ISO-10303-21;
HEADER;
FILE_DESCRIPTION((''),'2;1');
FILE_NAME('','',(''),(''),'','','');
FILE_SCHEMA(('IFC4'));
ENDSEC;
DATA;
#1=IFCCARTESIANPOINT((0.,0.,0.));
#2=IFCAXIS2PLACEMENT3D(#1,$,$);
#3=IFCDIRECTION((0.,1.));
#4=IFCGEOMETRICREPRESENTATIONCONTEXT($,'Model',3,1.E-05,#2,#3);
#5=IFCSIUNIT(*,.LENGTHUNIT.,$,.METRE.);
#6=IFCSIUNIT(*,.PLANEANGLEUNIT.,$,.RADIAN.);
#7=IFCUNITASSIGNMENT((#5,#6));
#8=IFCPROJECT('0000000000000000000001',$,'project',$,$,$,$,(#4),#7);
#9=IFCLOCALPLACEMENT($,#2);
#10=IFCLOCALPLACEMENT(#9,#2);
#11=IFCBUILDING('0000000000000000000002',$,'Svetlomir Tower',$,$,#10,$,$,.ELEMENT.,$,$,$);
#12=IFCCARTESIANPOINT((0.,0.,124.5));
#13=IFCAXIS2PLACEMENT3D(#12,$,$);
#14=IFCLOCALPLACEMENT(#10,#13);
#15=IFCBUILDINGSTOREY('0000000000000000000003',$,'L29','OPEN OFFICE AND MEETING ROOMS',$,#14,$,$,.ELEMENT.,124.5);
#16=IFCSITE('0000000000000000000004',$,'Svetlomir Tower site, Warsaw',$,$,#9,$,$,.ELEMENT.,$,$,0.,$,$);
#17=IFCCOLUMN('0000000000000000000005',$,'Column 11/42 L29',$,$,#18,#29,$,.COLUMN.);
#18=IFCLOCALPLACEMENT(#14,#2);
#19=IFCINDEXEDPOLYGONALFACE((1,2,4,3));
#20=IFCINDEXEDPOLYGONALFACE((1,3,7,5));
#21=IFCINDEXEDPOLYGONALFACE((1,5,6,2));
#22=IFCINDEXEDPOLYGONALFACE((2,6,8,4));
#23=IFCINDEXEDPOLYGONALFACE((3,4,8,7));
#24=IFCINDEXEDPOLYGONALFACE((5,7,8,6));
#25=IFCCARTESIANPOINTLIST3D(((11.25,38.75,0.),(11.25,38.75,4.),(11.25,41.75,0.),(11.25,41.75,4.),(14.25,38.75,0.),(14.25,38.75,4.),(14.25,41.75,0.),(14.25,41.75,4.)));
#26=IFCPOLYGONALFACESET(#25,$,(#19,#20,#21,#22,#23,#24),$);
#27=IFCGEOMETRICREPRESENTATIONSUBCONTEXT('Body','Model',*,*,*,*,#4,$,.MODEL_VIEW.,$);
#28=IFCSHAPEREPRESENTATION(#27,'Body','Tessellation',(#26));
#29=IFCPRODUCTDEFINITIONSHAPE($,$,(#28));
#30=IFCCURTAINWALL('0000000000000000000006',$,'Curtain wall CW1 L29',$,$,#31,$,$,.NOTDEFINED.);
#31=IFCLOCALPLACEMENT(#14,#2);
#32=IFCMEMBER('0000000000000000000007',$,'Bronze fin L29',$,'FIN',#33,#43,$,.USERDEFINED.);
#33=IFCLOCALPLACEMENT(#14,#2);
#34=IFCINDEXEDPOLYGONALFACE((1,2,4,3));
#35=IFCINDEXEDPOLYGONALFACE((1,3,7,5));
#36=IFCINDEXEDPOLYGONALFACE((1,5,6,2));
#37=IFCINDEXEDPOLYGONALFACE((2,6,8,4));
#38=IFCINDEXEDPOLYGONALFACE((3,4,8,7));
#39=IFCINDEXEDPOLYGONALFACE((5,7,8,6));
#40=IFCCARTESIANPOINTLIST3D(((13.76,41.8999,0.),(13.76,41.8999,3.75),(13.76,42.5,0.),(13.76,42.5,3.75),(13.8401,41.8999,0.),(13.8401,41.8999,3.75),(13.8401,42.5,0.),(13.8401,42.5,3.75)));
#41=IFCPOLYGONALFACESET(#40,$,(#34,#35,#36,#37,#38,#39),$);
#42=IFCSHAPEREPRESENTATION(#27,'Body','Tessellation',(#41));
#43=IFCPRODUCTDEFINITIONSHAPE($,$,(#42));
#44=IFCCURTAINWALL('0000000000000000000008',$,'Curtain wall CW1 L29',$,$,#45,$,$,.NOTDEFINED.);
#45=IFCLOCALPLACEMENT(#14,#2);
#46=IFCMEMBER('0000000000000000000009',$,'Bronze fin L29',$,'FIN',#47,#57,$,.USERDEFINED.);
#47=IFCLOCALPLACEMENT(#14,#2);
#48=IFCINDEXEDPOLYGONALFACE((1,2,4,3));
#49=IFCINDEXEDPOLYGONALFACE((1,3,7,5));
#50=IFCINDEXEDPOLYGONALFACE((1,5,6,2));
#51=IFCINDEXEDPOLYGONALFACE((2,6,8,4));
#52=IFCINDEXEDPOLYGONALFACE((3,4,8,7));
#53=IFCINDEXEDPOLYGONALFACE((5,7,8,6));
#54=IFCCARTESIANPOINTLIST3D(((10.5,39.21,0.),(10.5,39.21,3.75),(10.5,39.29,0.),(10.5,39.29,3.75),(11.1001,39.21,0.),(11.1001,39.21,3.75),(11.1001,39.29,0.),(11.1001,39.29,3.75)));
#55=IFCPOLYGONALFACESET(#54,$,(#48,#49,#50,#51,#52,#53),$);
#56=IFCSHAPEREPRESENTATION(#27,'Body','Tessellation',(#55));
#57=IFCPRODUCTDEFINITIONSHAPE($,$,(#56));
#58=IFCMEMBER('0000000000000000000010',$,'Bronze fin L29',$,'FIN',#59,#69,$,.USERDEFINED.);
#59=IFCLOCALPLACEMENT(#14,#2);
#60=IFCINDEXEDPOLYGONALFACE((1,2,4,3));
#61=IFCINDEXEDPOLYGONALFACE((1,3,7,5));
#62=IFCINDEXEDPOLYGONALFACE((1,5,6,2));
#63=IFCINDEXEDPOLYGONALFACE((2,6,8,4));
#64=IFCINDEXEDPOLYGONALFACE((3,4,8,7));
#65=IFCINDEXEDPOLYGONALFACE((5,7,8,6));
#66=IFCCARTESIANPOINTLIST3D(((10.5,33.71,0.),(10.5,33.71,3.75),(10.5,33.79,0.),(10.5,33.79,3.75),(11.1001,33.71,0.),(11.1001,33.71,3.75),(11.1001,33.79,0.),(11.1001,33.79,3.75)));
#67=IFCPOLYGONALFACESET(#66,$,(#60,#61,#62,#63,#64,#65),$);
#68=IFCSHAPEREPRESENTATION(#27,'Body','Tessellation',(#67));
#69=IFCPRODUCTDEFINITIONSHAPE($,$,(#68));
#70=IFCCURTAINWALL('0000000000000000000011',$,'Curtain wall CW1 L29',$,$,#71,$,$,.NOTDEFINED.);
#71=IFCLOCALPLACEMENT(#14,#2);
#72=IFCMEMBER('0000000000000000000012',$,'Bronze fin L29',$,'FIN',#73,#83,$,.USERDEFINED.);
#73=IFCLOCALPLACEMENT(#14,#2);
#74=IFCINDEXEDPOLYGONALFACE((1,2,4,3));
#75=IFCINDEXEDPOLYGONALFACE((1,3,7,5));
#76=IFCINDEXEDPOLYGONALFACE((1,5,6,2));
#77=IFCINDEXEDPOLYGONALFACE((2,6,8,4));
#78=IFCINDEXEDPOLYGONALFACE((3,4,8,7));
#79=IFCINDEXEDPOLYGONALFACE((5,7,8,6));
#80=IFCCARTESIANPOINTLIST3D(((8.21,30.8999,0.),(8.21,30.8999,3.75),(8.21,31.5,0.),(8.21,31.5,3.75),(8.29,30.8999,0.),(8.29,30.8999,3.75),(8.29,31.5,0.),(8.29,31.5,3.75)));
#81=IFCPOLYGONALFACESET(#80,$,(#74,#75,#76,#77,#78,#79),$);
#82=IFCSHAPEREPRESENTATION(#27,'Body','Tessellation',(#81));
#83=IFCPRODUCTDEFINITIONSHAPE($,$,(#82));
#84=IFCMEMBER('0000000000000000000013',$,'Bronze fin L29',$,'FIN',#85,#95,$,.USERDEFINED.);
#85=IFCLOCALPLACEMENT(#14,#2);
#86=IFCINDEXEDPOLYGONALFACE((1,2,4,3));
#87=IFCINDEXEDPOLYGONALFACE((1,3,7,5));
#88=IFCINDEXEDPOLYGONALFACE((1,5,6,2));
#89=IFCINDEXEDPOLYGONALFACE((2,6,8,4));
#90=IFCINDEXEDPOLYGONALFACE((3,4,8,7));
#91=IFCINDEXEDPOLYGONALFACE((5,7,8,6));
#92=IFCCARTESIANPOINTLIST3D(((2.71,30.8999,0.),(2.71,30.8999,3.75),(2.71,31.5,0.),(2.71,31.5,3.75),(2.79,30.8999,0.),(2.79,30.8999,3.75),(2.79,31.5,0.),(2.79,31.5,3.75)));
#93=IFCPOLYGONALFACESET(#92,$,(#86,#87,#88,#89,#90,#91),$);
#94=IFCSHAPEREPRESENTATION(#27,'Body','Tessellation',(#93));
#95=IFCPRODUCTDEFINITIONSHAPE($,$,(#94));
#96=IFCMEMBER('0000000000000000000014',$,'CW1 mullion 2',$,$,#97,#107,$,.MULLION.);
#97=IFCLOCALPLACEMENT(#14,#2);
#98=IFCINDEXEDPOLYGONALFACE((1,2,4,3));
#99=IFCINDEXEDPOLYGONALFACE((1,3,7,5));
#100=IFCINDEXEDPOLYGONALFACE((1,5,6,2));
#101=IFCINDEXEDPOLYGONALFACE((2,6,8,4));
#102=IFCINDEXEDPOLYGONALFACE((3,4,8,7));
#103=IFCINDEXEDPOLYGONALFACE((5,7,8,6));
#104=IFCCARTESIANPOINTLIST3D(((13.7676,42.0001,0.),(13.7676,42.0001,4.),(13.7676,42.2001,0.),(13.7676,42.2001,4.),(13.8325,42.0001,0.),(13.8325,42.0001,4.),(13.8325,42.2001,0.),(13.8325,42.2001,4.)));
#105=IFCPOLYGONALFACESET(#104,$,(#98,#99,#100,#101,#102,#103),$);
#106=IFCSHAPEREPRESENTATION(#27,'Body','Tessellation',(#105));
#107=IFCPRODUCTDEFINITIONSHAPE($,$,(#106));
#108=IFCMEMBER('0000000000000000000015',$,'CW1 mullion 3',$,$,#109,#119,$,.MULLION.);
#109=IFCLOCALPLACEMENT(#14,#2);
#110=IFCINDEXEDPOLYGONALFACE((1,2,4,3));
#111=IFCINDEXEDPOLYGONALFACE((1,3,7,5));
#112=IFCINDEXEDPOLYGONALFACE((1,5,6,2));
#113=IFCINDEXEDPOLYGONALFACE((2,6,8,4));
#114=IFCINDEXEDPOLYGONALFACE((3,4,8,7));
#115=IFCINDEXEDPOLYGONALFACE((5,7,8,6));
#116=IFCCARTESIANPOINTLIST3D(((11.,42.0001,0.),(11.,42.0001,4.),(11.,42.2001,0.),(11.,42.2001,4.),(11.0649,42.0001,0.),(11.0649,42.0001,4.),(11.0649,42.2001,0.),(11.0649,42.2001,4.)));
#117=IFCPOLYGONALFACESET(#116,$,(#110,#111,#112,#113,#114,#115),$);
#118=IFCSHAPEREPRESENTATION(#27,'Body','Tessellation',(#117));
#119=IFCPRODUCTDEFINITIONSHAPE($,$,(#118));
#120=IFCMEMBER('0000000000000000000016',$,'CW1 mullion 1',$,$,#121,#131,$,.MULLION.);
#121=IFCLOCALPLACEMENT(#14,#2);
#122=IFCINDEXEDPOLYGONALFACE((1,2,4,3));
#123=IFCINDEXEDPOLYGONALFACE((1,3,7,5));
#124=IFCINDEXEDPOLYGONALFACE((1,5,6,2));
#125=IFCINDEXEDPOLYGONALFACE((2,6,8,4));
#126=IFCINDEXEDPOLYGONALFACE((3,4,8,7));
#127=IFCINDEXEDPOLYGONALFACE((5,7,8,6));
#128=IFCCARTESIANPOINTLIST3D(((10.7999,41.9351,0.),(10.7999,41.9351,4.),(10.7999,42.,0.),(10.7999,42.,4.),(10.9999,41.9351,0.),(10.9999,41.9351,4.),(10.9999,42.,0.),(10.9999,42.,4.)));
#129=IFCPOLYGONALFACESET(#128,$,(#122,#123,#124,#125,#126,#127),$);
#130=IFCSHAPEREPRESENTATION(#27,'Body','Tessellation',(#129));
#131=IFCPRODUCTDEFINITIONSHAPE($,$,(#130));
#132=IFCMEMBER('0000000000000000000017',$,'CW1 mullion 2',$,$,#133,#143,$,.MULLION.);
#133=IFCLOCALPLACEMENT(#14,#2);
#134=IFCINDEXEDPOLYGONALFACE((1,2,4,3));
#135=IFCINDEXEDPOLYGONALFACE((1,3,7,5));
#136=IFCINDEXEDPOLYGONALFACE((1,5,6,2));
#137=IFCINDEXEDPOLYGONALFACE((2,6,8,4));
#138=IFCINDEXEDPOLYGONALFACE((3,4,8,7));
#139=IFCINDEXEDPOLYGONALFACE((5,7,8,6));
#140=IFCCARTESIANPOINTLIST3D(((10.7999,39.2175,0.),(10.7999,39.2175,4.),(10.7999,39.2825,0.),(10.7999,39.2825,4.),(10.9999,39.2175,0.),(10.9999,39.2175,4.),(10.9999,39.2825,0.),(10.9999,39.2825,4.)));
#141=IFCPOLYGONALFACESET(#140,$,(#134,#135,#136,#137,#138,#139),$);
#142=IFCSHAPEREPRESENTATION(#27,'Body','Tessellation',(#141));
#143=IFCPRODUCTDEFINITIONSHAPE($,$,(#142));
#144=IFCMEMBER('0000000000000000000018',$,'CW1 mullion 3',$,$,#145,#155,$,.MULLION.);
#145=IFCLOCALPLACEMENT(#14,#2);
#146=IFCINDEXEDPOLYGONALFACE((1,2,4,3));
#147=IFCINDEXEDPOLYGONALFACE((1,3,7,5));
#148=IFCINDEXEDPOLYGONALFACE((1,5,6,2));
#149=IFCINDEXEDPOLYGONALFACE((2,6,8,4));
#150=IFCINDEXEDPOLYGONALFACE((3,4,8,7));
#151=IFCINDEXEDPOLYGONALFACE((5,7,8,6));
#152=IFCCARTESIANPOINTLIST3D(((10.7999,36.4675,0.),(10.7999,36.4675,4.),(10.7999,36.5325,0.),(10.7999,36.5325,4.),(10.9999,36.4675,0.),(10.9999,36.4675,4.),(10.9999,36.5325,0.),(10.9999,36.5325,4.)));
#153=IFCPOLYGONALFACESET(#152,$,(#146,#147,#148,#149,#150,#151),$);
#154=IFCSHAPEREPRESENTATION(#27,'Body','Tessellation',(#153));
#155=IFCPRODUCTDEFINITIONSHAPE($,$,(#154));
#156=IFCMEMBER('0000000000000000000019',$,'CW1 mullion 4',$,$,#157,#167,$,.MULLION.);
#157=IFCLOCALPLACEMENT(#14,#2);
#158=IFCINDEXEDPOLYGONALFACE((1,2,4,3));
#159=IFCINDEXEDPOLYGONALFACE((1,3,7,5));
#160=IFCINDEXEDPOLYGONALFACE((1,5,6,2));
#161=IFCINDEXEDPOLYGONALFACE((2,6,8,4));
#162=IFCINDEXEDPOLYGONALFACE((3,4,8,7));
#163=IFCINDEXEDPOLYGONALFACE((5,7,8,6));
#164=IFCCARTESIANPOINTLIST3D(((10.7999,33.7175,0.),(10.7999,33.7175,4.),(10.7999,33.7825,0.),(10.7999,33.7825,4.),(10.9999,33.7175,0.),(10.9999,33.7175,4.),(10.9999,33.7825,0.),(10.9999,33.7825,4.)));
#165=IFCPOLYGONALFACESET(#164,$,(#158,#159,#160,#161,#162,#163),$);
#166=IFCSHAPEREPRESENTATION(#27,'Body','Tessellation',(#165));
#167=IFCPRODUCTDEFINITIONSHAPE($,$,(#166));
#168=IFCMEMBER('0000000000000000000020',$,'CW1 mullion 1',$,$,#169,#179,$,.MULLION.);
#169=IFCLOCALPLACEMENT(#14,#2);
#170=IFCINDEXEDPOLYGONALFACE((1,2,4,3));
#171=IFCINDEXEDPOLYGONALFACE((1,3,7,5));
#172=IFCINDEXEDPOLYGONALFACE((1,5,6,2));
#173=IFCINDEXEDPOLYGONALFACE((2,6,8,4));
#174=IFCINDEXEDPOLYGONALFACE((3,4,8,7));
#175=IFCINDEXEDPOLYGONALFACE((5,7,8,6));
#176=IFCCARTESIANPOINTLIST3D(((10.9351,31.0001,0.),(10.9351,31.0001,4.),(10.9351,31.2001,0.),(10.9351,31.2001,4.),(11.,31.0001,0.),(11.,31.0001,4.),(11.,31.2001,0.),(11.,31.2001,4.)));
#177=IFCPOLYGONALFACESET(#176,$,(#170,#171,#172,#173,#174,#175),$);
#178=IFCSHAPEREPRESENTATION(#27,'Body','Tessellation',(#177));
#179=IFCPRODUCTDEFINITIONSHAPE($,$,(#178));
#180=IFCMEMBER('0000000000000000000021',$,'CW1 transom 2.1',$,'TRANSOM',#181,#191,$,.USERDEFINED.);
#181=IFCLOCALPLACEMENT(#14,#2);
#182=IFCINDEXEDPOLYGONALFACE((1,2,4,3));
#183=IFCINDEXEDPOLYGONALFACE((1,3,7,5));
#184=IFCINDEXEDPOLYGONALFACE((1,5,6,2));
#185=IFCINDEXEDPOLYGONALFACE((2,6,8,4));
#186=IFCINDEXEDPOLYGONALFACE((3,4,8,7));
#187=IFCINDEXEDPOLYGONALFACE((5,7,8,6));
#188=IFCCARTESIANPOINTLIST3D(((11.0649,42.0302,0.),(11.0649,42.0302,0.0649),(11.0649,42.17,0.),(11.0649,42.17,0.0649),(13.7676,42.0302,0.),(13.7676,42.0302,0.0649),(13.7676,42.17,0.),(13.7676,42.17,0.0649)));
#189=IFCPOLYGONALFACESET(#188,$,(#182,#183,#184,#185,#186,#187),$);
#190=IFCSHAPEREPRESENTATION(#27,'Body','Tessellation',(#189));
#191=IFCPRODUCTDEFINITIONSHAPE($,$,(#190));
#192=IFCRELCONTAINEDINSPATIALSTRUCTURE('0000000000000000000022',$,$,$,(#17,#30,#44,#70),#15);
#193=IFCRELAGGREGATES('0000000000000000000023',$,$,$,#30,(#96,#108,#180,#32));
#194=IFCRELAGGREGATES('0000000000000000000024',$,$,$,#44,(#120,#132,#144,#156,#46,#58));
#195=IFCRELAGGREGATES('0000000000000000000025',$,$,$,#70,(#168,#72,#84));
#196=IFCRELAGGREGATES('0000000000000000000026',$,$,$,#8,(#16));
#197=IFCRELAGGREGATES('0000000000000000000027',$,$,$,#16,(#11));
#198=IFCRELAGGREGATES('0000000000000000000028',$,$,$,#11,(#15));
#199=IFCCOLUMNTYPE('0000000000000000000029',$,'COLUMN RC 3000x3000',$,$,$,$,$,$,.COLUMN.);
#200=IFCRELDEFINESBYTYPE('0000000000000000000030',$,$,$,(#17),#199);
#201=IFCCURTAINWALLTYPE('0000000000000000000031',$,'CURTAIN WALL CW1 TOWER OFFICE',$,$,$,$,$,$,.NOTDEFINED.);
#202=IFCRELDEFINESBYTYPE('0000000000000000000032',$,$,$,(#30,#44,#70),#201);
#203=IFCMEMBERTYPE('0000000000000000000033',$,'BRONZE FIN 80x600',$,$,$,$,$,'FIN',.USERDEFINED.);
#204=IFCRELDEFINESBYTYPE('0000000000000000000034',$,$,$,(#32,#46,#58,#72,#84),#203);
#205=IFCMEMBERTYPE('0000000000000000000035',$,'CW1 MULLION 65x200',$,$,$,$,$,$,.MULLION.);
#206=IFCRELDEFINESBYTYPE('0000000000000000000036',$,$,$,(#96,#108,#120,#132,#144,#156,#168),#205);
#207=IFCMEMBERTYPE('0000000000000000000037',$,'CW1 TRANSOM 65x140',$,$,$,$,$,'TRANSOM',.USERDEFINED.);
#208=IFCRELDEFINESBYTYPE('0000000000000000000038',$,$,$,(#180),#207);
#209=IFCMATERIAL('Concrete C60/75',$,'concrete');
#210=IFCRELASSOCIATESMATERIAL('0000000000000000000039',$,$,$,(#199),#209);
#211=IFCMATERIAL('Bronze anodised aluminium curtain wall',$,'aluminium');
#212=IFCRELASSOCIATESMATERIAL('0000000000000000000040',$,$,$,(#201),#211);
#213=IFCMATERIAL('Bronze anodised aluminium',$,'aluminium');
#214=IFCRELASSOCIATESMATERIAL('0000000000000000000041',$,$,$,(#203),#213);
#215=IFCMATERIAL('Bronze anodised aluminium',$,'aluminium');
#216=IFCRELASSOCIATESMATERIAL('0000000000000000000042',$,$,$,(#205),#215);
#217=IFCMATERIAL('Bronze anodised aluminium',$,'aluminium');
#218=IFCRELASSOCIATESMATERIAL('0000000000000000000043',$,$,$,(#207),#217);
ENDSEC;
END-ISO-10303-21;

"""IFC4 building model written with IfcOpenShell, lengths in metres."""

from ifc_helpers import new_model, si_unit, direction, frame, origin, origin_2d, place, context, subcontext, project, spatial, rectangle, extrude, material, material_profile, profile_set, type_object, element, aggregate, save


model = new_model("IFC4")

# Units and contexts
model_context = context("Model", 3, precision=1e-05, world=origin(), true_north=direction((0.0, 1.0)))
body_context = subcontext(model_context, "Body", "Model", "MODEL_VIEW")
ifc_project = project(units=[si_unit("LENGTHUNIT", "METRE"), si_unit("PLANEANGLEUNIT", "RADIAN")], contexts=[model_context])

# Site, building, storey
site_placement = place(None, origin())
site = spatial("IfcSite", under=ifc_project, at=site_placement, Name="Svetlomir Tower site, Warsaw", CompositionType="ELEMENT", RefElevation=0.0)
building_placement = place(site_placement, origin())
building = spatial("IfcBuilding", under=site, at=building_placement, Name="Svetlomir Tower", CompositionType="ELEMENT")
storey_placement = place(building_placement, frame((0.0, 0.0, 124.5)))
storey = spatial("IfcBuildingStorey", under=building, at=storey_placement, Name="L29", Description="OPEN OFFICE AND MEETING ROOMS", CompositionType="ELEMENT", Elevation=124.5)

# Column
ifc_material_1 = material(Name="Concrete C60/75", Category="concrete")
ifc_material_profile_1 = material_profile(ifc_material_1, rectangle(XDim=3.0, YDim=3.0, at=origin_2d()), Name="RC 3000x3000")
ifc_profile_set_1 = profile_set([ifc_material_profile_1], Name="Concrete C60/75")
column_type = type_object("IfcColumnType", Name="COLUMN RC 3000x3000", PredefinedType="COLUMN", material=ifc_profile_set_1)
column_placement = place(storey_placement, frame((12.75, 40.25, 0.0), z_axis=(0.0, 0.0, 1.0), x_axis=(1.0, 0.0, 0.0)))
element("IfcColumn", 1, at=column_placement, inside=storey, type_object=column_type, Name="Column 11/42 L29", PredefinedType="COLUMN", context=body_context, shape_type="SweptSolid", body=[
    extrude(rectangle(XDim=3.0, YDim=3.0, at=origin_2d()), origin(), (0.0, 0.0, 1.0), 4.0),
])

# Curtain wall, member
ifc_material_2 = material(Name="Bronze anodised aluminium curtain wall", Category="aluminium")
curtain_wall_type = type_object("IfcCurtainWallType", Name="CURTAIN WALL CW1 TOWER OFFICE", PredefinedType="NOTDEFINED", material=ifc_material_2)
curtain_wall_1_placement = place(storey_placement, origin())
curtain_wall_1 = element("IfcCurtainWall", 2, at=curtain_wall_1_placement, inside=storey, type_object=curtain_wall_type, Name="Curtain wall CW1 L29", PredefinedType="NOTDEFINED")
ifc_material_3 = material(Name="Bronze anodised aluminium", Category="aluminium")
ifc_material_profile_2 = material_profile(ifc_material_3, rectangle(XDim=0.0801, YDim=0.6001, at=origin_2d()), Name="FIN 80x600")
ifc_profile_set_2 = profile_set([ifc_material_profile_2], Name="Bronze anodised aluminium 6063-T6")
member_type_1 = type_object("IfcMemberType", Name="BRONZE FIN 80x600", ElementType="FIN", PredefinedType="USERDEFINED", material=ifc_profile_set_2)
member_1_placement = place(storey_placement, frame((13.8, 42.2, 0.0), z_axis=(0.0, 0.0, 1.0), x_axis=(1.0, 0.0, 0.0)))
member_1 = element("IfcMember", 3, at=member_1_placement, type_object=member_type_1, Name="Bronze fin L29", ObjectType="FIN", PredefinedType="USERDEFINED", context=body_context, shape_type="SweptSolid", body=[
    extrude(rectangle(XDim=0.0801, YDim=0.6001, at=origin_2d()), origin(), (0.0, 0.0, 1.0), 3.75),
])

# Curtain walls, members
curtain_wall_2_placement = place(storey_placement, origin())
curtain_wall_2 = element("IfcCurtainWall", 4, at=curtain_wall_2_placement, inside=storey, type_object=curtain_wall_type, Name="Curtain wall CW1 L29", PredefinedType="NOTDEFINED")
member_2_placement = place(storey_placement, frame((10.8, 39.25, 0.0), z_axis=(0.0, 0.0, 1.0), x_axis=(0.0, 1.0, 0.0)))
member_2 = element("IfcMember", 5, at=member_2_placement, type_object=member_type_1, Name="Bronze fin L29", ObjectType="FIN", PredefinedType="USERDEFINED", context=body_context, shape_type="SweptSolid", body=[
    extrude(rectangle(XDim=0.0801, YDim=0.6001, at=origin_2d()), origin(), (0.0, 0.0, 1.0), 3.75),
])
member_3_placement = place(storey_placement, frame((10.8, 33.75, 0.0), z_axis=(0.0, 0.0, 1.0), x_axis=(0.0, 1.0, 0.0)))
member_3 = element("IfcMember", 6, at=member_3_placement, type_object=member_type_1, Name="Bronze fin L29", ObjectType="FIN", PredefinedType="USERDEFINED", context=body_context, shape_type="SweptSolid", body=[
    extrude(rectangle(XDim=0.0801, YDim=0.6001, at=origin_2d()), origin(), (0.0, 0.0, 1.0), 3.75),
])
curtain_wall_3_placement = place(storey_placement, origin())
curtain_wall_3 = element("IfcCurtainWall", 7, at=curtain_wall_3_placement, inside=storey, type_object=curtain_wall_type, Name="Curtain wall CW1 L29", PredefinedType="NOTDEFINED")
member_4_placement = place(storey_placement, frame((8.25, 31.2, 0.0), z_axis=(0.0, 0.0, 1.0), x_axis=(1.0, 0.0, 0.0)))
member_4 = element("IfcMember", 8, at=member_4_placement, type_object=member_type_1, Name="Bronze fin L29", ObjectType="FIN", PredefinedType="USERDEFINED", context=body_context, shape_type="SweptSolid", body=[
    extrude(rectangle(XDim=0.0801, YDim=0.6001, at=origin_2d()), origin(), (0.0, 0.0, 1.0), 3.75),
])
member_5_placement = place(storey_placement, frame((2.75, 31.2, 0.0), z_axis=(0.0, 0.0, 1.0), x_axis=(1.0, 0.0, 0.0)))
member_5 = element("IfcMember", 9, at=member_5_placement, type_object=member_type_1, Name="Bronze fin L29", ObjectType="FIN", PredefinedType="USERDEFINED", context=body_context, shape_type="SweptSolid", body=[
    extrude(rectangle(XDim=0.0801, YDim=0.6001, at=origin_2d()), origin(), (0.0, 0.0, 1.0), 3.75),
])

# Members
ifc_material_4 = material(Name="Bronze anodised aluminium", Category="aluminium")
ifc_material_profile_3 = material_profile(ifc_material_4, rectangle(XDim=0.0649, YDim=0.2, at=origin_2d()), Name="AL 65x200")
ifc_profile_set_3 = profile_set([ifc_material_profile_3], Name="Bronze anodised aluminium 6063-T6")
member_type_2 = type_object("IfcMemberType", Name="CW1 MULLION 65x200", PredefinedType="MULLION", material=ifc_profile_set_3)
member_6_placement = place(storey_placement, frame((13.8, 42.1001, 0.0), z_axis=(0.0, 0.0, 1.0), x_axis=(-1.0, 0.0, 0.0)))
member_6 = element("IfcMember", 10, at=member_6_placement, type_object=member_type_2, Name="CW1 mullion 2", PredefinedType="MULLION", context=body_context, shape_type="SweptSolid", body=[
    extrude(rectangle(XDim=0.0649, YDim=0.2, at=origin_2d()), origin(), (0.0, 0.0, 1.0), 4.0),
])
member_7_placement = place(storey_placement, frame((11.0325, 42.1001, 0.0), z_axis=(0.0, 0.0, 1.0), x_axis=(-1.0, 0.0, 0.0)))
member_7 = element("IfcMember", 11, at=member_7_placement, type_object=member_type_2, Name="CW1 mullion 3", PredefinedType="MULLION", context=body_context, shape_type="SweptSolid", body=[
    extrude(rectangle(XDim=0.0649, YDim=0.2, at=origin_2d()), origin(), (0.0, 0.0, 1.0), 4.0),
])
member_8_placement = place(storey_placement, frame((10.8999, 41.9675, 0.0), z_axis=(0.0, 0.0, 1.0), x_axis=(0.0, -1.0, 0.0)))
member_8 = element("IfcMember", 12, at=member_8_placement, type_object=member_type_2, Name="CW1 mullion 1", PredefinedType="MULLION", context=body_context, shape_type="SweptSolid", body=[
    extrude(rectangle(XDim=0.0649, YDim=0.2, at=origin_2d()), origin(), (0.0, 0.0, 1.0), 4.0),
])
member_9_placement = place(storey_placement, frame((10.8999, 39.25, 0.0), z_axis=(0.0, 0.0, 1.0), x_axis=(0.0, -1.0, 0.0)))
member_9 = element("IfcMember", 13, at=member_9_placement, type_object=member_type_2, Name="CW1 mullion 2", PredefinedType="MULLION", context=body_context, shape_type="SweptSolid", body=[
    extrude(rectangle(XDim=0.0649, YDim=0.2, at=origin_2d()), origin(), (0.0, 0.0, 1.0), 4.0),
])
member_10_placement = place(storey_placement, frame((10.8999, 36.5, 0.0), z_axis=(0.0, 0.0, 1.0), x_axis=(0.0, -1.0, 0.0)))
member_10 = element("IfcMember", 14, at=member_10_placement, type_object=member_type_2, Name="CW1 mullion 3", PredefinedType="MULLION", context=body_context, shape_type="SweptSolid", body=[
    extrude(rectangle(XDim=0.0649, YDim=0.2, at=origin_2d()), origin(), (0.0, 0.0, 1.0), 4.0),
])
member_11_placement = place(storey_placement, frame((10.8999, 33.75, 0.0), z_axis=(0.0, 0.0, 1.0), x_axis=(0.0, -1.0, 0.0)))
member_11 = element("IfcMember", 15, at=member_11_placement, type_object=member_type_2, Name="CW1 mullion 4", PredefinedType="MULLION", context=body_context, shape_type="SweptSolid", body=[
    extrude(rectangle(XDim=0.0649, YDim=0.2, at=origin_2d()), origin(), (0.0, 0.0, 1.0), 4.0),
])
member_12_placement = place(storey_placement, frame((10.9675, 31.1001, 0.0), z_axis=(0.0, 0.0, 1.0), x_axis=(-1.0, 0.0, 0.0)))
member_12 = element("IfcMember", 16, at=member_12_placement, type_object=member_type_2, Name="CW1 mullion 1", PredefinedType="MULLION", context=body_context, shape_type="SweptSolid", body=[
    extrude(rectangle(XDim=0.0649, YDim=0.2, at=origin_2d()), origin(), (0.0, 0.0, 1.0), 4.0),
])
ifc_material_5 = material(Name="Bronze anodised aluminium", Category="aluminium")
ifc_material_profile_4 = material_profile(ifc_material_5, rectangle(XDim=0.1399, YDim=0.0649, at=origin_2d()), Name="AL 140x65")
ifc_profile_set_4 = profile_set([ifc_material_profile_4], Name="Bronze anodised aluminium 6063-T6")
member_type_3 = type_object("IfcMemberType", Name="CW1 TRANSOM 65x140", ElementType="TRANSOM", PredefinedType="USERDEFINED", material=ifc_profile_set_4)
member_13_placement = place(storey_placement, frame((13.7676, 42.1001, 0.0325), z_axis=(-1.0, 0.0, 0.0), x_axis=(0.0, -1.0, 0.0)))
member_13 = element("IfcMember", 17, at=member_13_placement, type_object=member_type_3, Name="CW1 transom 2.1", ObjectType="TRANSOM", PredefinedType="USERDEFINED", context=body_context, shape_type="SweptSolid", body=[
    extrude(rectangle(XDim=0.1399, YDim=0.0649, at=origin_2d()), origin(), (0.0, 0.0, 1.0), 2.7026),
])

aggregate(curtain_wall_1, [member_6, member_7, member_13, member_1])
aggregate(curtain_wall_2, [member_8, member_9, member_10, member_11, member_2, member_3])
aggregate(curtain_wall_3, [member_12, member_4, member_5])

save(model, "model.ifc")
